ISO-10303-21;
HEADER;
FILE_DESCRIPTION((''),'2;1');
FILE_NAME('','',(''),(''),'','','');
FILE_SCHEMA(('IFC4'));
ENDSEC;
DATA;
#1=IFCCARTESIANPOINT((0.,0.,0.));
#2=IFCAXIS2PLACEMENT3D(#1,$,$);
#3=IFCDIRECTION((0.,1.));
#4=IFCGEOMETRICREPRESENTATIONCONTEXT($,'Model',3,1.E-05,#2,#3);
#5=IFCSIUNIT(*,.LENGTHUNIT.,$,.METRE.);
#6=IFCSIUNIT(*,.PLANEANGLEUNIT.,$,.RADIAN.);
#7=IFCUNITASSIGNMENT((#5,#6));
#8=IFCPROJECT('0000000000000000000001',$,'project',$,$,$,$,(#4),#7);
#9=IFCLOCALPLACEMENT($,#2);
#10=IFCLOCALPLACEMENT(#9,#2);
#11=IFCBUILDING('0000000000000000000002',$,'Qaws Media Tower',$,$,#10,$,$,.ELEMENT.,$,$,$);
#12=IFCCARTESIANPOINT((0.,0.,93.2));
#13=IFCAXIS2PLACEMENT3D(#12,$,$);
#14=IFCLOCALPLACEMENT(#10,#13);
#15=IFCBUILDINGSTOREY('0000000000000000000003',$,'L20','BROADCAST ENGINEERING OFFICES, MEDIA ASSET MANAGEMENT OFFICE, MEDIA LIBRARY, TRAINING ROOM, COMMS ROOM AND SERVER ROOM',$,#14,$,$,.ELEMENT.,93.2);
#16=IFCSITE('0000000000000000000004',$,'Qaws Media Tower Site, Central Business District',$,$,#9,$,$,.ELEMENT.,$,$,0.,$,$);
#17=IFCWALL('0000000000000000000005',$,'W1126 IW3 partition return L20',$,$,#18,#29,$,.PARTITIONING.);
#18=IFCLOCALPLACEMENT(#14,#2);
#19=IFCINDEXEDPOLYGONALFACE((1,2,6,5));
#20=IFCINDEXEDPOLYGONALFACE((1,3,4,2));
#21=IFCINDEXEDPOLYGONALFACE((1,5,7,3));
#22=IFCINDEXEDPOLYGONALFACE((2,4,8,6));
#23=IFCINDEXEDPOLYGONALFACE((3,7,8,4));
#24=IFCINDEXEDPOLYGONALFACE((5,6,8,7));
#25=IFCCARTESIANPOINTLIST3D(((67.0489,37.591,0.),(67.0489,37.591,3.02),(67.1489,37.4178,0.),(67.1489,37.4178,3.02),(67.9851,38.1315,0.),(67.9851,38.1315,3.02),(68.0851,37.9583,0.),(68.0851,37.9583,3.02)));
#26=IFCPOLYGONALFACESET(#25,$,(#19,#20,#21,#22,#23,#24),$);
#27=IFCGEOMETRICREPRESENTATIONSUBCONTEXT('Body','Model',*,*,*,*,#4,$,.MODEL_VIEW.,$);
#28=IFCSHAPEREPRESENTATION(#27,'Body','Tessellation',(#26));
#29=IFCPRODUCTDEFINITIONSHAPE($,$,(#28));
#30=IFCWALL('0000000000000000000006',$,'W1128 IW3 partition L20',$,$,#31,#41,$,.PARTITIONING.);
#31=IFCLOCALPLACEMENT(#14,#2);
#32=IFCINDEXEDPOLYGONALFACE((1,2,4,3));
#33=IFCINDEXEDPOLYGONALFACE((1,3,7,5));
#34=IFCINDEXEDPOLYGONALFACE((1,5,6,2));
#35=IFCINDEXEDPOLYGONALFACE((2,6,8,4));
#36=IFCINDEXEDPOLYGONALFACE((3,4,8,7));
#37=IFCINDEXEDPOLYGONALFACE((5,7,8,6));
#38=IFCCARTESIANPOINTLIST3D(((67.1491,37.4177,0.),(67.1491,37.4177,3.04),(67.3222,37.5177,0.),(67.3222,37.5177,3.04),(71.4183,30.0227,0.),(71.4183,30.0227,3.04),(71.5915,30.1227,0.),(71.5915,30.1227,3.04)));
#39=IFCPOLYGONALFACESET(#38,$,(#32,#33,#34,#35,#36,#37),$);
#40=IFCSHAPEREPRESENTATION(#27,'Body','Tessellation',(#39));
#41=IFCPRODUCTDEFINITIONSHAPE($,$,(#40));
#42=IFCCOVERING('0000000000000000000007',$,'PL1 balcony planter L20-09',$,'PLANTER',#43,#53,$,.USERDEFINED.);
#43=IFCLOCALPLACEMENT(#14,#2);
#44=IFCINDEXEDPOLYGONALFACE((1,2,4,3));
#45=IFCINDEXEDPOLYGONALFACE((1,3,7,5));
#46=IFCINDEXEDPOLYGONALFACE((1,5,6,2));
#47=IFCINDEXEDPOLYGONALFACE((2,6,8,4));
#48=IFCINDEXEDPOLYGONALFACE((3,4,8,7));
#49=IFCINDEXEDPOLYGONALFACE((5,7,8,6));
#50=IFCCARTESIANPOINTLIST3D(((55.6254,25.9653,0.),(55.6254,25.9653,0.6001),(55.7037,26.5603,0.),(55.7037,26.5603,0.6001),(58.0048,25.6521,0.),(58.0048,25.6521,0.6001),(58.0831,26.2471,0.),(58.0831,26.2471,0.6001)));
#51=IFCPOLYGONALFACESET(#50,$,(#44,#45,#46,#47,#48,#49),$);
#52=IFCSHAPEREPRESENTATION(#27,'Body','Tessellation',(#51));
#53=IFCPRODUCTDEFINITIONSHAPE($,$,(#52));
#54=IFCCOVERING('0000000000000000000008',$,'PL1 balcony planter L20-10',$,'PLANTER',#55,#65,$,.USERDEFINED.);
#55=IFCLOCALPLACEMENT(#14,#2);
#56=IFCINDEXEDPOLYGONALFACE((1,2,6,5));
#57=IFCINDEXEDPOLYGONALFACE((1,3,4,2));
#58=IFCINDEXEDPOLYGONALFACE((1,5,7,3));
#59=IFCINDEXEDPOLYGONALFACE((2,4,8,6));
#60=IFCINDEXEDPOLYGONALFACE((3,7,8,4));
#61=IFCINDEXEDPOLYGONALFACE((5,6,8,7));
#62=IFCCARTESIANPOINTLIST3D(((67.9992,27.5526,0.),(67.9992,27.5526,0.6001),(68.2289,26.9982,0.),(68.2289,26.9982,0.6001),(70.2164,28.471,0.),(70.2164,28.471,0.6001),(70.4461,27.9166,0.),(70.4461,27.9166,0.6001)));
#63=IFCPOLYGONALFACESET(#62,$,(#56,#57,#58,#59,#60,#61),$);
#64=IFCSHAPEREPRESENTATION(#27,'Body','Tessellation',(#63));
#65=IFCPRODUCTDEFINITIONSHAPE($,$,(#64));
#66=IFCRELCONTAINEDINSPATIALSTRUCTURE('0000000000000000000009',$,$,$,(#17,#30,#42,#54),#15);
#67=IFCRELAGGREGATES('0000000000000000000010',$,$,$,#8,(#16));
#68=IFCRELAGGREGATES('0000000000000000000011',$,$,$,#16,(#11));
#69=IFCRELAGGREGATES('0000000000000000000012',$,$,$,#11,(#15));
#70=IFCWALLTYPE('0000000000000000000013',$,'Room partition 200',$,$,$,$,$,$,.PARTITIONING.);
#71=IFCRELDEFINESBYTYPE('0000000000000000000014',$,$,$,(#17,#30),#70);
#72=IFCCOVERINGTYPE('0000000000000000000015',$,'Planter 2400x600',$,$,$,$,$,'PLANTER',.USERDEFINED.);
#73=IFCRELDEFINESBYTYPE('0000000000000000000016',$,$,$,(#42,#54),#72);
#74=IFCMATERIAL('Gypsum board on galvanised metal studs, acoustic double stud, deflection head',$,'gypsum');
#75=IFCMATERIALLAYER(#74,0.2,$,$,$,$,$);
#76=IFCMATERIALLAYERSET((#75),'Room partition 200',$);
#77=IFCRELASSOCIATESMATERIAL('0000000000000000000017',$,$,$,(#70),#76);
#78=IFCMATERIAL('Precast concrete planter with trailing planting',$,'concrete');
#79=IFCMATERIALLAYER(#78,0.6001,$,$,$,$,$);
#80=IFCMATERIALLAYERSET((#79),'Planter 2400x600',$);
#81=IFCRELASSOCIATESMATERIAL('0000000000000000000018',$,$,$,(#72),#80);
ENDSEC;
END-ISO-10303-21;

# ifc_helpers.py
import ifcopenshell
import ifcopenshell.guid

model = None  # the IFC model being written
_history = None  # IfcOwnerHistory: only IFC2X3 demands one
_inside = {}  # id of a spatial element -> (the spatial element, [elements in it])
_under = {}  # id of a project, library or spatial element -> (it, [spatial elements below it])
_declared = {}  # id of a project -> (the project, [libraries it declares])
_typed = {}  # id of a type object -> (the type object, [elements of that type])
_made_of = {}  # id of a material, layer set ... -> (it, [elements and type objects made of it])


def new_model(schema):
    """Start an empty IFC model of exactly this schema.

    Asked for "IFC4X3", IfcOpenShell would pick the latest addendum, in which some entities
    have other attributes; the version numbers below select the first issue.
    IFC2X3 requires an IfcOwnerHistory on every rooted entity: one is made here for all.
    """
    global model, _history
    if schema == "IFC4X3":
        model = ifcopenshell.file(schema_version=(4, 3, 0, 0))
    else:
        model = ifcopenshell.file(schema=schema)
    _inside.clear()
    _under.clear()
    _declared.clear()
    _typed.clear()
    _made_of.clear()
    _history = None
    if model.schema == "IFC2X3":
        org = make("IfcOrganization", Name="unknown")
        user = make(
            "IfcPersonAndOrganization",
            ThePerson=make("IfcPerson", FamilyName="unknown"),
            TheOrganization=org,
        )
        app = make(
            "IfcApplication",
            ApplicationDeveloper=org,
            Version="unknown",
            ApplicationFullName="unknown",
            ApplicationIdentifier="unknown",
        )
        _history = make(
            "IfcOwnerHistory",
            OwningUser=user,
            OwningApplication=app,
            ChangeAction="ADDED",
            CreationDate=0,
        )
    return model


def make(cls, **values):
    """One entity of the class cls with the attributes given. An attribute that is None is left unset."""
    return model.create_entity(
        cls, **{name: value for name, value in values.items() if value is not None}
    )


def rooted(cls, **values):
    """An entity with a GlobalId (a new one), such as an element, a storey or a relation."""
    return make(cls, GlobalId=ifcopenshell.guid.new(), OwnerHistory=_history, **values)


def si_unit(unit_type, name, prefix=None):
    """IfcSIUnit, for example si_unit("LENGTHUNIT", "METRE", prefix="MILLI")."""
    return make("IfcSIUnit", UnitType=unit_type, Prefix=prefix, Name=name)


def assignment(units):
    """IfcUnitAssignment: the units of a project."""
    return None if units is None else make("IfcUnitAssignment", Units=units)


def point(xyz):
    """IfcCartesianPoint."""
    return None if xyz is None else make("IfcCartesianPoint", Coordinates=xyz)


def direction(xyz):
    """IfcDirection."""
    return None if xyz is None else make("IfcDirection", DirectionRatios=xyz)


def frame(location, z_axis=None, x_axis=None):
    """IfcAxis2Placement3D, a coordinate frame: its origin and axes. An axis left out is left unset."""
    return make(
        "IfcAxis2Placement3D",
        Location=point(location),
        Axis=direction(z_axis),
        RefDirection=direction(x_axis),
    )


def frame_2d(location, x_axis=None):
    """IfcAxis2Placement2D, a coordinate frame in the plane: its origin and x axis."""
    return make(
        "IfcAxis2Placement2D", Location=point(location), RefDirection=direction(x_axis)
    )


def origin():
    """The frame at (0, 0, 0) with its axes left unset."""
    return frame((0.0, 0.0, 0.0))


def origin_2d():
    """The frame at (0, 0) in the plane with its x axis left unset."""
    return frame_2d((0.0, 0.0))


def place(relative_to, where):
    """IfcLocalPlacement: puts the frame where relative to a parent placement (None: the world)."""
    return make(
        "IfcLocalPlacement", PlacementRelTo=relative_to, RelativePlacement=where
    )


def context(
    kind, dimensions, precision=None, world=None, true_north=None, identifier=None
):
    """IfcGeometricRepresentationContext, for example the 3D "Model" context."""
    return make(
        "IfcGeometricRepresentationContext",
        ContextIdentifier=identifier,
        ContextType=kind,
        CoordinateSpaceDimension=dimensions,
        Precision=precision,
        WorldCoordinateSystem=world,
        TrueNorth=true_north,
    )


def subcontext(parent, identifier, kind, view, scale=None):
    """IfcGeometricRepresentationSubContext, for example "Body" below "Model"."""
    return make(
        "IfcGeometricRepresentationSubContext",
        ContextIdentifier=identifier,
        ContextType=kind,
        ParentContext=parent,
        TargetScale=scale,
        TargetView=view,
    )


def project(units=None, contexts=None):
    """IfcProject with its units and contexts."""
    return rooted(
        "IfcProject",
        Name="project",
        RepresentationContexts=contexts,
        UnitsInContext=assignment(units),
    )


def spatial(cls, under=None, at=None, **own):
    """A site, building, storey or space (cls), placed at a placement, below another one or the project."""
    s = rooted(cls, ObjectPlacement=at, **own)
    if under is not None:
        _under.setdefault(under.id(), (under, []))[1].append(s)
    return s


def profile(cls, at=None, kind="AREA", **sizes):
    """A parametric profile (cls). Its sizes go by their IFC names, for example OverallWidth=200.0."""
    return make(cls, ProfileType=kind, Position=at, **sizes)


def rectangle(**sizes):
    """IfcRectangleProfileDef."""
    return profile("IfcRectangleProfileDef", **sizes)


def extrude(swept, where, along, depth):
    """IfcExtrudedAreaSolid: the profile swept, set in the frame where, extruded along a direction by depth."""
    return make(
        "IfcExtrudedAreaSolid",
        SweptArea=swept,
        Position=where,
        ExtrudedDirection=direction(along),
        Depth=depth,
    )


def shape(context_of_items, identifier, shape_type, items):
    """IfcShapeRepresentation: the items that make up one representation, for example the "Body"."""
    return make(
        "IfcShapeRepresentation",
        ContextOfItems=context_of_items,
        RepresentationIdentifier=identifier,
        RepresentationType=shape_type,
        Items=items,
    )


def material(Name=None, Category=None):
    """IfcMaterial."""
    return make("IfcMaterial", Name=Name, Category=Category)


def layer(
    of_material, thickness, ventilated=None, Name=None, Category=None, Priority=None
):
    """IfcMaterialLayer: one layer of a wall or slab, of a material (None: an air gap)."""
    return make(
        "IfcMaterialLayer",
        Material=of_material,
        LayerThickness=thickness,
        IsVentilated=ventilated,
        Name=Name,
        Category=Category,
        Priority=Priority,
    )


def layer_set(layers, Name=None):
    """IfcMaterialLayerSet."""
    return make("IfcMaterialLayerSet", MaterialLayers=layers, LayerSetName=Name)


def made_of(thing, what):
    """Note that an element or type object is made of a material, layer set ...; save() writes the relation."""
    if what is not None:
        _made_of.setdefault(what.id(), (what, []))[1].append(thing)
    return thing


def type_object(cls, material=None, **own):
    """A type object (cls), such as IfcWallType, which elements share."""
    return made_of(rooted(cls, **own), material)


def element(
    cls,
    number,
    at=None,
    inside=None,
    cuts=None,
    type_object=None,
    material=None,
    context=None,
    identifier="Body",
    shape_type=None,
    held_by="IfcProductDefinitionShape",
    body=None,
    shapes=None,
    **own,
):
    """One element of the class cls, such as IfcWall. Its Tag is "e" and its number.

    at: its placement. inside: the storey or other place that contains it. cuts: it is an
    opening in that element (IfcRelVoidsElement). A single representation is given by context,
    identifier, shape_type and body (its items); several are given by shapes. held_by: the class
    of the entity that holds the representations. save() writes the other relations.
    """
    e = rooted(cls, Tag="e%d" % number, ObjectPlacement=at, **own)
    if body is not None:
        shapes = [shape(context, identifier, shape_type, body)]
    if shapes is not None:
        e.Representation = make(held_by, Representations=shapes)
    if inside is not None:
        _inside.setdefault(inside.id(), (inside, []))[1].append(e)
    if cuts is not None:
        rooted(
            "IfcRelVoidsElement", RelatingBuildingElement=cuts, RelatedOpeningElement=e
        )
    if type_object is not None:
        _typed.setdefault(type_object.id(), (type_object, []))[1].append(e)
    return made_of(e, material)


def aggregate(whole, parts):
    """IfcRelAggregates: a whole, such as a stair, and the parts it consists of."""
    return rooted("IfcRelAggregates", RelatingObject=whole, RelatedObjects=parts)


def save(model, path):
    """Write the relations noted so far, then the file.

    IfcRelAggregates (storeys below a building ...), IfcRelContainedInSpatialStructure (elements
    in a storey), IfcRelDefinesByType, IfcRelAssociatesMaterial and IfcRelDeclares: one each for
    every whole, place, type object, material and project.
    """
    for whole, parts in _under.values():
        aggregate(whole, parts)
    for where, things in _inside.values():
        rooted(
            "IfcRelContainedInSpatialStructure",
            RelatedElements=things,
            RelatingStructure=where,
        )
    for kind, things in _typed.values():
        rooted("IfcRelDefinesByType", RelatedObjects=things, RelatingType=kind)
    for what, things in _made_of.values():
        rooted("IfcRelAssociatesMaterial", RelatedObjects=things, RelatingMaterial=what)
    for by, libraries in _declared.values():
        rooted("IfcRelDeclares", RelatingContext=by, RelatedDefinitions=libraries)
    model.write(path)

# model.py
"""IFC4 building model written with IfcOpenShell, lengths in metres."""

from ifc_helpers import new_model, si_unit, direction, frame, frame_2d, origin, origin_2d, place, context, subcontext, project, spatial, rectangle, extrude, material, layer, layer_set, type_object, element, save


model = new_model("IFC4")

# Units and contexts
model_context = context("Model", 3, precision=1e-05, world=origin(), true_north=direction((0.0, 1.0)))
body_context = subcontext(model_context, "Body", "Model", "MODEL_VIEW")
ifc_project = project(units=[si_unit("LENGTHUNIT", "METRE"), si_unit("PLANEANGLEUNIT", "RADIAN")], contexts=[model_context])

# Site, building, storey
site_placement = place(None, origin())
site = spatial("IfcSite", under=ifc_project, at=site_placement, Name="Qaws Media Tower Site, Central Business District", CompositionType="ELEMENT", RefElevation=0.0)
building_placement = place(site_placement, origin())
building = spatial("IfcBuilding", under=site, at=building_placement, Name="Qaws Media Tower", CompositionType="ELEMENT")
storey_placement = place(building_placement, frame((0.0, 0.0, 93.2)))
storey = spatial("IfcBuildingStorey", under=building, at=storey_placement, Name="L20", Description="BROADCAST ENGINEERING OFFICES, MEDIA ASSET MANAGEMENT OFFICE, MEDIA LIBRARY, TRAINING ROOM, COMMS ROOM AND SERVER ROOM", CompositionType="ELEMENT", Elevation=93.2)

# Walls
ifc_material_1 = material(Name="Gypsum board on galvanised metal studs, acoustic double stud, deflection head", Category="gypsum")
ifc_layer_1 = layer(ifc_material_1, 0.2)
ifc_layer_set_1 = layer_set([ifc_layer_1], Name="Room partition 200")
wall_type_1 = type_object("IfcWallType", Name="Room partition 200", PredefinedType="PARTITIONING", material=ifc_layer_set_1)
wall_1_placement = place(storey_placement, frame((67.0989, 37.5044, 0.0), z_axis=(0.0, 0.0, 1.0), x_axis=(0.866039, 0.499977, 0.0)))
element("IfcWall", 1, at=wall_1_placement, inside=storey, type_object=wall_type_1, Name="W1126 IW3 partition return L20", PredefinedType="PARTITIONING", context=body_context, shape_type="SweptSolid", body=[
    extrude(rectangle(XDim=1.0811, YDim=0.2, at=frame_2d((0.5405, 0.0))), origin(), (0.0, 0.0, 1.0), 3.02),
])
wall_2_placement = place(storey_placement, frame((67.2356, 37.4678, 0.0), z_axis=(0.0, 0.0, 1.0), x_axis=(0.49998, -0.866037, 0.0)))
element("IfcWall", 2, at=wall_2_placement, inside=storey, type_object=wall_type_1, Name="W1128 IW3 partition L20", PredefinedType="PARTITIONING", context=body_context, shape_type="SweptSolid", body=[
    extrude(rectangle(XDim=8.5388, YDim=0.2, at=frame_2d((4.2695, 0.0))), origin(), (0.0, 0.0, 1.0), 3.04),
])

# Coverings
ifc_material_2 = material(Name="Precast concrete planter with trailing planting", Category="concrete")
ifc_layer_2 = layer(ifc_material_2, 0.6001)
ifc_layer_set_2 = layer_set([ifc_layer_2], Name="Planter 2400x600")
covering_type = type_object("IfcCoveringType", Name="Planter 2400x600", ElementType="PLANTER", PredefinedType="USERDEFINED", material=ifc_layer_set_2)
for number, where, z_axis, x_axis, name in (
    (3, (56.8542, 26.1062, 0.0), (0.0, 0.0, 1.0), (0.991445, -0.130526, 0.0), "PL1 balcony planter L20-09"),
    (4, (69.2227, 27.7346, 0.0), (0.0, 0.0, 1.0), (0.92388, 0.382683, 0.0), "PL1 balcony planter L20-10"),
):
    element("IfcCovering", number, at=place(storey_placement, frame(where, z_axis=z_axis, x_axis=x_axis)), inside=storey, type_object=covering_type, Name=name, ObjectType="PLANTER", PredefinedType="USERDEFINED", context=body_context, shape_type="SweptSolid", body=[
        extrude(rectangle(XDim=2.3999, YDim=0.6001, at=origin_2d()), origin(), (0.0, 0.0, 1.0), 0.6001),
    ])

save(model, "model.ifc")
